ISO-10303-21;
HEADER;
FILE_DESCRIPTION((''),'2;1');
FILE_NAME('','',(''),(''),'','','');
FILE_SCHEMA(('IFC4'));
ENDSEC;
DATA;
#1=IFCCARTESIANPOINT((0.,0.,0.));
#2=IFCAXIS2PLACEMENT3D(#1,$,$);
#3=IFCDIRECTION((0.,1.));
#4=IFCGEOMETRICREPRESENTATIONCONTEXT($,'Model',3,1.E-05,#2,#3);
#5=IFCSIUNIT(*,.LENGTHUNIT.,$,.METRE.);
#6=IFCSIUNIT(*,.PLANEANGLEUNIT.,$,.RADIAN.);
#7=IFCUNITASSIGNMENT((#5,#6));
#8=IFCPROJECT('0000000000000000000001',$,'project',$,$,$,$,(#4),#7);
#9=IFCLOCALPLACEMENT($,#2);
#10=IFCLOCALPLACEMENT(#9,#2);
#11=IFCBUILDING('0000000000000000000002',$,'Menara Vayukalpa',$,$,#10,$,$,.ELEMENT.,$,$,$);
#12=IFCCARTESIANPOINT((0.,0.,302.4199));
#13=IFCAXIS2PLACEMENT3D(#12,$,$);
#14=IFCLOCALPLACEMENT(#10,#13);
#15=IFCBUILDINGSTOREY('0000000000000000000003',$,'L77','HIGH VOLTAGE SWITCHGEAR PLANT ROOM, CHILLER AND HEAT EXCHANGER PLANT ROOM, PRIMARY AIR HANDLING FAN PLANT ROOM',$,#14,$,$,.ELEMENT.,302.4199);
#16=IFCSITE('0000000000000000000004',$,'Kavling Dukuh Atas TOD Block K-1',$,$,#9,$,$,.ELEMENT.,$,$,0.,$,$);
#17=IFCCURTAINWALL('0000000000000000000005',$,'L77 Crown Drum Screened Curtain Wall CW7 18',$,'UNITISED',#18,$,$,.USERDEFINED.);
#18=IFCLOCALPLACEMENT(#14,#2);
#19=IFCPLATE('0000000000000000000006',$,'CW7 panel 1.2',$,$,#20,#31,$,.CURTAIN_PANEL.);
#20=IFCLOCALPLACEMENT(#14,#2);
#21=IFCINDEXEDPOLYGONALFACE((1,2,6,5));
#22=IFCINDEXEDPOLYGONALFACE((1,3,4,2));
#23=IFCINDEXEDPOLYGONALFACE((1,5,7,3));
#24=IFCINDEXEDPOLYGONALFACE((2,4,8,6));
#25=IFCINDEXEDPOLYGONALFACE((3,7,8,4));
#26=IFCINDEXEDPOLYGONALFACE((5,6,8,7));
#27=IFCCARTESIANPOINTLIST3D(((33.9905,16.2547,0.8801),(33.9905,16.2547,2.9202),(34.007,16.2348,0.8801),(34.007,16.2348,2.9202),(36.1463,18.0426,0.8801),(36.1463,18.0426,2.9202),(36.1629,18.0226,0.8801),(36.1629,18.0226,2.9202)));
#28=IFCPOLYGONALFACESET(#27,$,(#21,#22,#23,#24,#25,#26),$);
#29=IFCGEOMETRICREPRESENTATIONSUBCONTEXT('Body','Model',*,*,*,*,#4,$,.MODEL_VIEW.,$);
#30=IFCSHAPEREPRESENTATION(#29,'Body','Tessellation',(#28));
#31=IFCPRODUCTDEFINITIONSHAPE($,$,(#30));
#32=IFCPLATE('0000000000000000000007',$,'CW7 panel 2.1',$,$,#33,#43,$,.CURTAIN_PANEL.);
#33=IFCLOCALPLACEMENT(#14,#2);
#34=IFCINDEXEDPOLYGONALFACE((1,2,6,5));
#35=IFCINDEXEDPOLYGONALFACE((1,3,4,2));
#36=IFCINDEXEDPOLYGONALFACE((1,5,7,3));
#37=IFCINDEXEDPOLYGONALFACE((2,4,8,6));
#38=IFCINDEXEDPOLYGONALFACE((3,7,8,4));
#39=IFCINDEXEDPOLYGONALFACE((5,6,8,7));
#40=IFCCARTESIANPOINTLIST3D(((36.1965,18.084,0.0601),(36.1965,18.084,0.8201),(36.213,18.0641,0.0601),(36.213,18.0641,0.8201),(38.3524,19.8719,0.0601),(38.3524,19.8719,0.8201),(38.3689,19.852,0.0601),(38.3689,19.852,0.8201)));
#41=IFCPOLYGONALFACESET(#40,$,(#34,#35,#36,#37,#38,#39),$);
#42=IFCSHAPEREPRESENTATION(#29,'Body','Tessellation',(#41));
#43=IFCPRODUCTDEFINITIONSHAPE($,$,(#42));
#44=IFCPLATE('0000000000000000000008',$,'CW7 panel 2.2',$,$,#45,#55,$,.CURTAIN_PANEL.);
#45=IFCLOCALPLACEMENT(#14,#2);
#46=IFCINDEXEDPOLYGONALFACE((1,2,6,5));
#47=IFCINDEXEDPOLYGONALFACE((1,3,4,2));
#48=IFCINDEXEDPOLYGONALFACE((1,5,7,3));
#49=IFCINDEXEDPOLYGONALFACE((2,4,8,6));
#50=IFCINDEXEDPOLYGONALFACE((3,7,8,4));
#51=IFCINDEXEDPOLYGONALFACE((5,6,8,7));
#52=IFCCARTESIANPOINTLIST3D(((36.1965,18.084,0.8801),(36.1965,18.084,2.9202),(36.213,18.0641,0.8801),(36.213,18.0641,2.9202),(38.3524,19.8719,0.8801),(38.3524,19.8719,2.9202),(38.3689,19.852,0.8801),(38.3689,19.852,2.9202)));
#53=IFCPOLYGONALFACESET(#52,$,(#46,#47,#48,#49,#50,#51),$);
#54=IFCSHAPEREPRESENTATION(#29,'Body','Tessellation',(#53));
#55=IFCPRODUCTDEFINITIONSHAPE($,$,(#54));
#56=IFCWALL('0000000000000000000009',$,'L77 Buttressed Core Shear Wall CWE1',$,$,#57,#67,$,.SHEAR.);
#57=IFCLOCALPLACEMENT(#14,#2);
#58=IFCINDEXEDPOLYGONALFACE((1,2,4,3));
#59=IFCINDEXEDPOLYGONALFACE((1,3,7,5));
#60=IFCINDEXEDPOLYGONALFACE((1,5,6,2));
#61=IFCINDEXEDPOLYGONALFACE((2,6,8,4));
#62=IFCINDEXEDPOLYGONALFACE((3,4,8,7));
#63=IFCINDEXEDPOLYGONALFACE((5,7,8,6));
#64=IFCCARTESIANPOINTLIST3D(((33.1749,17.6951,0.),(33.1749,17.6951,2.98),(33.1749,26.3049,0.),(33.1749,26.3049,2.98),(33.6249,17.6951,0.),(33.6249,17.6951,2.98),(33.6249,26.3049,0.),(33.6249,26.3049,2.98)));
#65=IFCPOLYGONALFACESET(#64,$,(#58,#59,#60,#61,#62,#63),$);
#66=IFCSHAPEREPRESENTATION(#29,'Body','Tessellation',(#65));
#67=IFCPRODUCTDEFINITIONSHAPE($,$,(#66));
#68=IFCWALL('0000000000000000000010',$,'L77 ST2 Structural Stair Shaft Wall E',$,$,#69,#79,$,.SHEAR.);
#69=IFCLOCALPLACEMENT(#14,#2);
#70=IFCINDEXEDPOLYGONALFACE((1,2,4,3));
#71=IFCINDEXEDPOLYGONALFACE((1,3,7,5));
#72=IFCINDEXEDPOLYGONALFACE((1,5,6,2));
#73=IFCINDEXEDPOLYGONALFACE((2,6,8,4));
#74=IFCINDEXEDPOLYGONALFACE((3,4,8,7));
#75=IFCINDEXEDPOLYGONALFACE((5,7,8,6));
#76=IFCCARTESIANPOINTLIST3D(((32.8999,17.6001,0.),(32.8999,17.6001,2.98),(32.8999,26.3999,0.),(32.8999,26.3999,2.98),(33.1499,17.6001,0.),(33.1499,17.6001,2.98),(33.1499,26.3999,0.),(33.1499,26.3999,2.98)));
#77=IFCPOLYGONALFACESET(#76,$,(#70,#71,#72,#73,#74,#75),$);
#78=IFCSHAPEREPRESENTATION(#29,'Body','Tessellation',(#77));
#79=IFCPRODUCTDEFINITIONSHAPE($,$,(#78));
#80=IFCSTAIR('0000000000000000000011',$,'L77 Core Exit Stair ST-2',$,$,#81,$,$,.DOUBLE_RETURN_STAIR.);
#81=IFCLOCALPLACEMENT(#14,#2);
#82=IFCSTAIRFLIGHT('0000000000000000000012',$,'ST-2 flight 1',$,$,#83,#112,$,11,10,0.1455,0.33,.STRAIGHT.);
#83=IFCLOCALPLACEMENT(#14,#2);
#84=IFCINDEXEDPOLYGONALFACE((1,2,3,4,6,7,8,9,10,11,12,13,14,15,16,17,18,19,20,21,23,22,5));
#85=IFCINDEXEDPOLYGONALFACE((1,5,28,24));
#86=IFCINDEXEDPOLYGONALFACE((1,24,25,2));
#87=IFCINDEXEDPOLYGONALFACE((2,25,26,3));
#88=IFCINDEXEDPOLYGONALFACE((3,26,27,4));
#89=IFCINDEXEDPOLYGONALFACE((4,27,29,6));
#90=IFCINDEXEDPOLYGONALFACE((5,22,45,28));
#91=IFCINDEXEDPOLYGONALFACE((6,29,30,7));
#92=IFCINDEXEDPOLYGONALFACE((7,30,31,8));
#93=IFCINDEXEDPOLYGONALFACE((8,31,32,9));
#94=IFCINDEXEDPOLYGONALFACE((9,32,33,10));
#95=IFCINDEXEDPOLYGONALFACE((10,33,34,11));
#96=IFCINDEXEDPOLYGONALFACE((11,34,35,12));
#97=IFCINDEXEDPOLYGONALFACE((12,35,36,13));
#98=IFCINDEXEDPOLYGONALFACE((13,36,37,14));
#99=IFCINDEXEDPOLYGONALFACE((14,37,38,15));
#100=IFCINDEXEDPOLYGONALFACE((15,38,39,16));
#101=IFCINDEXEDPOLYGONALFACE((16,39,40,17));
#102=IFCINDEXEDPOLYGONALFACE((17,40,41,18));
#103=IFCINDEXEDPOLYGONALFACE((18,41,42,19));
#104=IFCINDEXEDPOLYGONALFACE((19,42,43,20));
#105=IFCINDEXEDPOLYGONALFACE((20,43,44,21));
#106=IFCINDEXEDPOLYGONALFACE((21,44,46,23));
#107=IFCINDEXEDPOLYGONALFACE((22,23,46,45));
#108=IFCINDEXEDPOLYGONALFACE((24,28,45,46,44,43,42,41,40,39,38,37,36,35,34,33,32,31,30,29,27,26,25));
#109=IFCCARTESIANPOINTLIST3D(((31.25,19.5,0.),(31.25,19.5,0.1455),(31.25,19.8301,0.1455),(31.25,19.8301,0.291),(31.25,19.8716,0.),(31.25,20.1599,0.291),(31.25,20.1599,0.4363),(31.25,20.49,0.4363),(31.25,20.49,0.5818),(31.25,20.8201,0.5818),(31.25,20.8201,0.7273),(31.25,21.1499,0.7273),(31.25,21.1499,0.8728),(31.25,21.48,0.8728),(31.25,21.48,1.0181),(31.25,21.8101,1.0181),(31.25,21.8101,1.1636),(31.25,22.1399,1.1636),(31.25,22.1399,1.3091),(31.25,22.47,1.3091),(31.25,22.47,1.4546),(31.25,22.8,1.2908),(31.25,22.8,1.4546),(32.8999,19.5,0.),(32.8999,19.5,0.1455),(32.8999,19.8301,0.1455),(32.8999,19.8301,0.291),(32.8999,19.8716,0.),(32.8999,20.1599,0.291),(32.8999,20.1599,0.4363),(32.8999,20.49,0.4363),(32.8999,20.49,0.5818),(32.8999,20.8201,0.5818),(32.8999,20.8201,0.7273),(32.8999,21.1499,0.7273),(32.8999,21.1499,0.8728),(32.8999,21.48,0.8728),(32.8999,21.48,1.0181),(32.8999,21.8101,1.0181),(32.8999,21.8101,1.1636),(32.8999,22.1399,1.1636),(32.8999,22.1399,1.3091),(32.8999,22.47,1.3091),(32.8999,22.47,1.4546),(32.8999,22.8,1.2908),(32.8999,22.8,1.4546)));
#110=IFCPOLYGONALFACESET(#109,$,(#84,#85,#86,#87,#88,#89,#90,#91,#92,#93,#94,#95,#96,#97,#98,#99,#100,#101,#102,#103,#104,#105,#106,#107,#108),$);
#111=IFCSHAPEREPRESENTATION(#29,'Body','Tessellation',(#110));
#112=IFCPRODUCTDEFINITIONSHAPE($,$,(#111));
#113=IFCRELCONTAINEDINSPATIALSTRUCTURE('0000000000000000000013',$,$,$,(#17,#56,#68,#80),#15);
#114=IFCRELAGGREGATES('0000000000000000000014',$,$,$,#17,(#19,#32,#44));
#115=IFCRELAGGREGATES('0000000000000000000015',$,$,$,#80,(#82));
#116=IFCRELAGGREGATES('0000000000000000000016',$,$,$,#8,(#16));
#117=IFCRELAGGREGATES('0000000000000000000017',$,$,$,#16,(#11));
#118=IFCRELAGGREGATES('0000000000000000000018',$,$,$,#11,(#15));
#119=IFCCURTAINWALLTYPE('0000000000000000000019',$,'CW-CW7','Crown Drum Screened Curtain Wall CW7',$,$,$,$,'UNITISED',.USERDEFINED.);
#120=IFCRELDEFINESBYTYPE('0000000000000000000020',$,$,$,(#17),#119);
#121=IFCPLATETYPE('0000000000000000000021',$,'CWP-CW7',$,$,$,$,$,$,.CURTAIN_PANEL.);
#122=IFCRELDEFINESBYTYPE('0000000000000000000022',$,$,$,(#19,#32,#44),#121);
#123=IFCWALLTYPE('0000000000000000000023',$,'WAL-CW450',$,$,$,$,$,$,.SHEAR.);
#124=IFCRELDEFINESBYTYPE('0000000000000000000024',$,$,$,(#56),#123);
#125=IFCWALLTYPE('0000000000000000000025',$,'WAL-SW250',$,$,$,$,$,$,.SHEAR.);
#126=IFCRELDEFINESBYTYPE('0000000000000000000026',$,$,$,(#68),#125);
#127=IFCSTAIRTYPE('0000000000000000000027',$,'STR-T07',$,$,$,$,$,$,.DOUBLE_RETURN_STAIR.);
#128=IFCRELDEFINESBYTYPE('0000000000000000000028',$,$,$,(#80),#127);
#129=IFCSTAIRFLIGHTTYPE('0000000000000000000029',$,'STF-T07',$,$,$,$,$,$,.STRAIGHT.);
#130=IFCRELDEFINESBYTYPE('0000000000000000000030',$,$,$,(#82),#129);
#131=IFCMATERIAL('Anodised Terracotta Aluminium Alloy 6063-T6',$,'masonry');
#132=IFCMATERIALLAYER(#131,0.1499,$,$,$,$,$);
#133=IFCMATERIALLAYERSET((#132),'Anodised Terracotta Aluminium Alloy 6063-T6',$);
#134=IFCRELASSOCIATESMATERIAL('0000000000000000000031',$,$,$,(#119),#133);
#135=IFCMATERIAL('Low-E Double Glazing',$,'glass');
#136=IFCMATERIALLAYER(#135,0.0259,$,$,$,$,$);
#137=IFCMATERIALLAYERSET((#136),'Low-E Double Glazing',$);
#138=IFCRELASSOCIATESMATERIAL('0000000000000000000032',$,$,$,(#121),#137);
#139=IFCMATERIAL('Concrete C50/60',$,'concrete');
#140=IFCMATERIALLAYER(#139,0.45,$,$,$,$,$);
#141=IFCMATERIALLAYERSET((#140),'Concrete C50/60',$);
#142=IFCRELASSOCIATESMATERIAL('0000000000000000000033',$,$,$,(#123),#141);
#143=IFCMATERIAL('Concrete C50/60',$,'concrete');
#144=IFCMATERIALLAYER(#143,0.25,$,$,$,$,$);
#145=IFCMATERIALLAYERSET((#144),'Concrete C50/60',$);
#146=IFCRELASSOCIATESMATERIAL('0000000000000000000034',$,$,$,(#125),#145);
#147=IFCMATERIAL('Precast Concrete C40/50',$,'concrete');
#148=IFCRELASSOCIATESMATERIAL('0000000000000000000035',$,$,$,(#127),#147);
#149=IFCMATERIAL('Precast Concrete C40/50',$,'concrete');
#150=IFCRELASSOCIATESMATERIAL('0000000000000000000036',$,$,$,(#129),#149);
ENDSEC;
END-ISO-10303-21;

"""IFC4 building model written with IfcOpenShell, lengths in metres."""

from ifc_helpers import new_model, si_unit, direction, frame, frame_2d, origin, origin_2d, place, context, subcontext, project, spatial, polyline, rectangle, outline, extrude, material, layer, layer_set, type_object, element, aggregate, save


model = new_model("IFC4")

# Units and contexts
model_context = context("Model", 3, precision=1e-05, world=origin(), true_north=direction((0.0, 1.0)))
body_context = subcontext(model_context, "Body", "Model", "MODEL_VIEW")
ifc_project = project(units=[si_unit("LENGTHUNIT", "METRE"), si_unit("PLANEANGLEUNIT", "RADIAN")], contexts=[model_context])

# Site, building, storey
site_placement = place(None, origin())
site = spatial("IfcSite", under=ifc_project, at=site_placement, Name="Kavling Dukuh Atas TOD Block K-1", CompositionType="ELEMENT", RefElevation=0.0)
building_placement = place(site_placement, origin())
building = spatial("IfcBuilding", under=site, at=building_placement, Name="Menara Vayukalpa", CompositionType="ELEMENT")
storey_placement = place(building_placement, frame((0.0, 0.0, 302.4199)))
storey = spatial("IfcBuildingStorey", under=building, at=storey_placement, Name="L77", Description="HIGH VOLTAGE SWITCHGEAR PLANT ROOM, CHILLER AND HEAT EXCHANGER PLANT ROOM, PRIMARY AIR HANDLING FAN PLANT ROOM", CompositionType="ELEMENT", Elevation=302.4199)

# Curtain wall
ifc_material_1 = material(Name="Anodised Terracotta Aluminium Alloy 6063-T6", Category="masonry")
ifc_layer_1 = layer(ifc_material_1, 0.1499)
ifc_layer_set_1 = layer_set([ifc_layer_1], Name="Anodised Terracotta Aluminium Alloy 6063-T6")
curtain_wall_type = type_object("IfcCurtainWallType", Name="CW-CW7", Description="Crown Drum Screened Curtain Wall CW7", ElementType="UNITISED", PredefinedType="USERDEFINED", material=ifc_layer_set_1)
curtain_wall_1_placement = place(storey_placement, origin())
curtain_wall_1 = element("IfcCurtainWall", 1, at=curtain_wall_1_placement, inside=storey, type_object=curtain_wall_type, Name="L77 Crown Drum Screened Curtain Wall CW7 18", ObjectType="UNITISED", PredefinedType="USERDEFINED")

# Plates
ifc_material_2 = material(Name="Low-E Double Glazing", Category="glass")
ifc_layer_2 = layer(ifc_material_2, 0.0259)
ifc_layer_set_2 = layer_set([ifc_layer_2], Name="Low-E Double Glazing")
plate_type = type_object("IfcPlateType", Name="CWP-CW7", PredefinedType="CURTAIN_PANEL", material=ifc_layer_set_2)
plate_1_placement = place(storey_placement, frame((35.0767, 17.1387, 0.8801), z_axis=(0.0, 0.0, 1.0), x_axis=(0.769749, 0.638347, 0.0)))
plate_1 = element("IfcPlate", 2, at=plate_1_placement, type_object=plate_type, Name="CW7 panel 1.2", PredefinedType="CURTAIN_PANEL", context=body_context, shape_type="SweptSolid", body=[
    extrude(rectangle(XDim=2.8008, YDim=0.0259, at=origin_2d()), origin(), (0.0, 0.0, 1.0), 2.04),
])
plate_2_placement = place(storey_placement, frame((37.2827, 18.968, 0.0601), z_axis=(0.0, 0.0, 1.0), x_axis=(0.769749, 0.638347, 0.0)))
plate_2 = element("IfcPlate", 3, at=plate_2_placement, type_object=plate_type, Name="CW7 panel 2.1", PredefinedType="CURTAIN_PANEL", context=body_context, shape_type="SweptSolid", body=[
    extrude(rectangle(XDim=2.8008, YDim=0.0259, at=origin_2d()), origin(), (0.0, 0.0, 1.0), 0.76),
])
plate_3_placement = place(storey_placement, frame((37.2827, 18.968, 0.8801), z_axis=(0.0, 0.0, 1.0), x_axis=(0.769749, 0.638347, 0.0)))
plate_3 = element("IfcPlate", 4, at=plate_3_placement, type_object=plate_type, Name="CW7 panel 2.2", PredefinedType="CURTAIN_PANEL", context=body_context, shape_type="SweptSolid", body=[
    extrude(rectangle(XDim=2.8008, YDim=0.0259, at=origin_2d()), origin(), (0.0, 0.0, 1.0), 2.04),
])
aggregate(curtain_wall_1, [plate_1, plate_2, plate_3])

# Walls
ifc_material_3 = material(Name="Concrete C50/60", Category="concrete")
ifc_layer_3 = layer(ifc_material_3, 0.45)
ifc_layer_set_3 = layer_set([ifc_layer_3], Name="Concrete C50/60")
wall_type_1 = type_object("IfcWallType", Name="WAL-CW450", PredefinedType="SHEAR", material=ifc_layer_set_3)
wall_1_placement = place(storey_placement, frame((33.3999, 17.6951, 0.0), z_axis=(0.0, 0.0, 1.0), x_axis=(0.0, 1.0, 0.0)))
element("IfcWall", 5, at=wall_1_placement, inside=storey, type_object=wall_type_1, Name="L77 Buttressed Core Shear Wall CWE1", PredefinedType="SHEAR", context=body_context, shape_type="SweptSolid", body=[
    extrude(rectangle(XDim=8.6099, YDim=0.45, at=frame_2d((4.3049, 0.0))), origin(), (0.0, 0.0, 1.0), 2.98),
])
ifc_material_4 = material(Name="Concrete C50/60", Category="concrete")
ifc_layer_4 = layer(ifc_material_4, 0.25)
ifc_layer_set_4 = layer_set([ifc_layer_4], Name="Concrete C50/60")
wall_type_2 = type_object("IfcWallType", Name="WAL-SW250", PredefinedType="SHEAR", material=ifc_layer_set_4)
wall_2_placement = place(storey_placement, frame((33.0249, 17.6001, 0.0), z_axis=(0.0, 0.0, 1.0), x_axis=(0.0, 1.0, 0.0)))
element("IfcWall", 6, at=wall_2_placement, inside=storey, type_object=wall_type_2, Name="L77 ST2 Structural Stair Shaft Wall E", PredefinedType="SHEAR", context=body_context, shape_type="SweptSolid", body=[
    extrude(rectangle(XDim=8.7998, YDim=0.25, at=frame_2d((4.3999, 0.0))), origin(), (0.0, 0.0, 1.0), 2.98),
])

# Stair, stair flight
ifc_material_5 = material(Name="Precast Concrete C40/50", Category="concrete")
stair_type = type_object("IfcStairType", Name="STR-T07", PredefinedType="DOUBLE_RETURN_STAIR", material=ifc_material_5)
stair_placement = place(storey_placement, origin())
stair = element("IfcStair", 7, at=stair_placement, inside=storey, type_object=stair_type, Name="L77 Core Exit Stair ST-2", PredefinedType="DOUBLE_RETURN_STAIR")
ifc_material_6 = material(Name="Precast Concrete C40/50", Category="concrete")
stair_flight_type = type_object("IfcStairFlightType", Name="STF-T07", PredefinedType="STRAIGHT", material=ifc_material_6)
stair_flight_placement = place(storey_placement, frame((32.075, 19.5, 0.0), z_axis=(0.0, 0.0, 1.0), x_axis=(0.0, 1.0, 0.0)))
stair_flight = element("IfcStairFlight", 8, at=stair_flight_placement, type_object=stair_flight_type, Name="ST-2 flight 1", NumberOfRisers=11, NumberOfTreads=10, PredefinedType="STRAIGHT", RiserHeight=0.1455, TreadLength=0.33, context=body_context, shape_type="SweptSolid", body=[
    extrude(outline(polyline([(0.0, 0.0), (0.0, 0.1455), (0.3301, 0.1455), (0.3301, 0.291), (0.6599, 0.291), (0.6599, 0.4363), (0.99, 0.4363), (0.99, 0.5818), (1.3201, 0.5818), (1.3201, 0.7273), (1.6499, 0.7273), (1.6499, 0.8728), (1.98, 0.8728), (1.98, 1.0181), (2.3101, 1.0181), (2.3101, 1.1636), (2.6399, 1.1636), (2.6399, 1.3091), (2.97, 1.3091), (2.97, 1.4546), (3.3, 1.4546), (3.3, 1.6001), (3.3, 1.2908), (0.3716, 0.0), (0.0, 0.0)])), frame((0.0, 0.825, 0.0), z_axis=(0.0, -1.0, 0.0), x_axis=(1.0, 0.0, 0.0)), (0.0, 0.0, 1.0), 1.6499),
])
aggregate(stair, [stair_flight])

save(model, "model.ifc")
